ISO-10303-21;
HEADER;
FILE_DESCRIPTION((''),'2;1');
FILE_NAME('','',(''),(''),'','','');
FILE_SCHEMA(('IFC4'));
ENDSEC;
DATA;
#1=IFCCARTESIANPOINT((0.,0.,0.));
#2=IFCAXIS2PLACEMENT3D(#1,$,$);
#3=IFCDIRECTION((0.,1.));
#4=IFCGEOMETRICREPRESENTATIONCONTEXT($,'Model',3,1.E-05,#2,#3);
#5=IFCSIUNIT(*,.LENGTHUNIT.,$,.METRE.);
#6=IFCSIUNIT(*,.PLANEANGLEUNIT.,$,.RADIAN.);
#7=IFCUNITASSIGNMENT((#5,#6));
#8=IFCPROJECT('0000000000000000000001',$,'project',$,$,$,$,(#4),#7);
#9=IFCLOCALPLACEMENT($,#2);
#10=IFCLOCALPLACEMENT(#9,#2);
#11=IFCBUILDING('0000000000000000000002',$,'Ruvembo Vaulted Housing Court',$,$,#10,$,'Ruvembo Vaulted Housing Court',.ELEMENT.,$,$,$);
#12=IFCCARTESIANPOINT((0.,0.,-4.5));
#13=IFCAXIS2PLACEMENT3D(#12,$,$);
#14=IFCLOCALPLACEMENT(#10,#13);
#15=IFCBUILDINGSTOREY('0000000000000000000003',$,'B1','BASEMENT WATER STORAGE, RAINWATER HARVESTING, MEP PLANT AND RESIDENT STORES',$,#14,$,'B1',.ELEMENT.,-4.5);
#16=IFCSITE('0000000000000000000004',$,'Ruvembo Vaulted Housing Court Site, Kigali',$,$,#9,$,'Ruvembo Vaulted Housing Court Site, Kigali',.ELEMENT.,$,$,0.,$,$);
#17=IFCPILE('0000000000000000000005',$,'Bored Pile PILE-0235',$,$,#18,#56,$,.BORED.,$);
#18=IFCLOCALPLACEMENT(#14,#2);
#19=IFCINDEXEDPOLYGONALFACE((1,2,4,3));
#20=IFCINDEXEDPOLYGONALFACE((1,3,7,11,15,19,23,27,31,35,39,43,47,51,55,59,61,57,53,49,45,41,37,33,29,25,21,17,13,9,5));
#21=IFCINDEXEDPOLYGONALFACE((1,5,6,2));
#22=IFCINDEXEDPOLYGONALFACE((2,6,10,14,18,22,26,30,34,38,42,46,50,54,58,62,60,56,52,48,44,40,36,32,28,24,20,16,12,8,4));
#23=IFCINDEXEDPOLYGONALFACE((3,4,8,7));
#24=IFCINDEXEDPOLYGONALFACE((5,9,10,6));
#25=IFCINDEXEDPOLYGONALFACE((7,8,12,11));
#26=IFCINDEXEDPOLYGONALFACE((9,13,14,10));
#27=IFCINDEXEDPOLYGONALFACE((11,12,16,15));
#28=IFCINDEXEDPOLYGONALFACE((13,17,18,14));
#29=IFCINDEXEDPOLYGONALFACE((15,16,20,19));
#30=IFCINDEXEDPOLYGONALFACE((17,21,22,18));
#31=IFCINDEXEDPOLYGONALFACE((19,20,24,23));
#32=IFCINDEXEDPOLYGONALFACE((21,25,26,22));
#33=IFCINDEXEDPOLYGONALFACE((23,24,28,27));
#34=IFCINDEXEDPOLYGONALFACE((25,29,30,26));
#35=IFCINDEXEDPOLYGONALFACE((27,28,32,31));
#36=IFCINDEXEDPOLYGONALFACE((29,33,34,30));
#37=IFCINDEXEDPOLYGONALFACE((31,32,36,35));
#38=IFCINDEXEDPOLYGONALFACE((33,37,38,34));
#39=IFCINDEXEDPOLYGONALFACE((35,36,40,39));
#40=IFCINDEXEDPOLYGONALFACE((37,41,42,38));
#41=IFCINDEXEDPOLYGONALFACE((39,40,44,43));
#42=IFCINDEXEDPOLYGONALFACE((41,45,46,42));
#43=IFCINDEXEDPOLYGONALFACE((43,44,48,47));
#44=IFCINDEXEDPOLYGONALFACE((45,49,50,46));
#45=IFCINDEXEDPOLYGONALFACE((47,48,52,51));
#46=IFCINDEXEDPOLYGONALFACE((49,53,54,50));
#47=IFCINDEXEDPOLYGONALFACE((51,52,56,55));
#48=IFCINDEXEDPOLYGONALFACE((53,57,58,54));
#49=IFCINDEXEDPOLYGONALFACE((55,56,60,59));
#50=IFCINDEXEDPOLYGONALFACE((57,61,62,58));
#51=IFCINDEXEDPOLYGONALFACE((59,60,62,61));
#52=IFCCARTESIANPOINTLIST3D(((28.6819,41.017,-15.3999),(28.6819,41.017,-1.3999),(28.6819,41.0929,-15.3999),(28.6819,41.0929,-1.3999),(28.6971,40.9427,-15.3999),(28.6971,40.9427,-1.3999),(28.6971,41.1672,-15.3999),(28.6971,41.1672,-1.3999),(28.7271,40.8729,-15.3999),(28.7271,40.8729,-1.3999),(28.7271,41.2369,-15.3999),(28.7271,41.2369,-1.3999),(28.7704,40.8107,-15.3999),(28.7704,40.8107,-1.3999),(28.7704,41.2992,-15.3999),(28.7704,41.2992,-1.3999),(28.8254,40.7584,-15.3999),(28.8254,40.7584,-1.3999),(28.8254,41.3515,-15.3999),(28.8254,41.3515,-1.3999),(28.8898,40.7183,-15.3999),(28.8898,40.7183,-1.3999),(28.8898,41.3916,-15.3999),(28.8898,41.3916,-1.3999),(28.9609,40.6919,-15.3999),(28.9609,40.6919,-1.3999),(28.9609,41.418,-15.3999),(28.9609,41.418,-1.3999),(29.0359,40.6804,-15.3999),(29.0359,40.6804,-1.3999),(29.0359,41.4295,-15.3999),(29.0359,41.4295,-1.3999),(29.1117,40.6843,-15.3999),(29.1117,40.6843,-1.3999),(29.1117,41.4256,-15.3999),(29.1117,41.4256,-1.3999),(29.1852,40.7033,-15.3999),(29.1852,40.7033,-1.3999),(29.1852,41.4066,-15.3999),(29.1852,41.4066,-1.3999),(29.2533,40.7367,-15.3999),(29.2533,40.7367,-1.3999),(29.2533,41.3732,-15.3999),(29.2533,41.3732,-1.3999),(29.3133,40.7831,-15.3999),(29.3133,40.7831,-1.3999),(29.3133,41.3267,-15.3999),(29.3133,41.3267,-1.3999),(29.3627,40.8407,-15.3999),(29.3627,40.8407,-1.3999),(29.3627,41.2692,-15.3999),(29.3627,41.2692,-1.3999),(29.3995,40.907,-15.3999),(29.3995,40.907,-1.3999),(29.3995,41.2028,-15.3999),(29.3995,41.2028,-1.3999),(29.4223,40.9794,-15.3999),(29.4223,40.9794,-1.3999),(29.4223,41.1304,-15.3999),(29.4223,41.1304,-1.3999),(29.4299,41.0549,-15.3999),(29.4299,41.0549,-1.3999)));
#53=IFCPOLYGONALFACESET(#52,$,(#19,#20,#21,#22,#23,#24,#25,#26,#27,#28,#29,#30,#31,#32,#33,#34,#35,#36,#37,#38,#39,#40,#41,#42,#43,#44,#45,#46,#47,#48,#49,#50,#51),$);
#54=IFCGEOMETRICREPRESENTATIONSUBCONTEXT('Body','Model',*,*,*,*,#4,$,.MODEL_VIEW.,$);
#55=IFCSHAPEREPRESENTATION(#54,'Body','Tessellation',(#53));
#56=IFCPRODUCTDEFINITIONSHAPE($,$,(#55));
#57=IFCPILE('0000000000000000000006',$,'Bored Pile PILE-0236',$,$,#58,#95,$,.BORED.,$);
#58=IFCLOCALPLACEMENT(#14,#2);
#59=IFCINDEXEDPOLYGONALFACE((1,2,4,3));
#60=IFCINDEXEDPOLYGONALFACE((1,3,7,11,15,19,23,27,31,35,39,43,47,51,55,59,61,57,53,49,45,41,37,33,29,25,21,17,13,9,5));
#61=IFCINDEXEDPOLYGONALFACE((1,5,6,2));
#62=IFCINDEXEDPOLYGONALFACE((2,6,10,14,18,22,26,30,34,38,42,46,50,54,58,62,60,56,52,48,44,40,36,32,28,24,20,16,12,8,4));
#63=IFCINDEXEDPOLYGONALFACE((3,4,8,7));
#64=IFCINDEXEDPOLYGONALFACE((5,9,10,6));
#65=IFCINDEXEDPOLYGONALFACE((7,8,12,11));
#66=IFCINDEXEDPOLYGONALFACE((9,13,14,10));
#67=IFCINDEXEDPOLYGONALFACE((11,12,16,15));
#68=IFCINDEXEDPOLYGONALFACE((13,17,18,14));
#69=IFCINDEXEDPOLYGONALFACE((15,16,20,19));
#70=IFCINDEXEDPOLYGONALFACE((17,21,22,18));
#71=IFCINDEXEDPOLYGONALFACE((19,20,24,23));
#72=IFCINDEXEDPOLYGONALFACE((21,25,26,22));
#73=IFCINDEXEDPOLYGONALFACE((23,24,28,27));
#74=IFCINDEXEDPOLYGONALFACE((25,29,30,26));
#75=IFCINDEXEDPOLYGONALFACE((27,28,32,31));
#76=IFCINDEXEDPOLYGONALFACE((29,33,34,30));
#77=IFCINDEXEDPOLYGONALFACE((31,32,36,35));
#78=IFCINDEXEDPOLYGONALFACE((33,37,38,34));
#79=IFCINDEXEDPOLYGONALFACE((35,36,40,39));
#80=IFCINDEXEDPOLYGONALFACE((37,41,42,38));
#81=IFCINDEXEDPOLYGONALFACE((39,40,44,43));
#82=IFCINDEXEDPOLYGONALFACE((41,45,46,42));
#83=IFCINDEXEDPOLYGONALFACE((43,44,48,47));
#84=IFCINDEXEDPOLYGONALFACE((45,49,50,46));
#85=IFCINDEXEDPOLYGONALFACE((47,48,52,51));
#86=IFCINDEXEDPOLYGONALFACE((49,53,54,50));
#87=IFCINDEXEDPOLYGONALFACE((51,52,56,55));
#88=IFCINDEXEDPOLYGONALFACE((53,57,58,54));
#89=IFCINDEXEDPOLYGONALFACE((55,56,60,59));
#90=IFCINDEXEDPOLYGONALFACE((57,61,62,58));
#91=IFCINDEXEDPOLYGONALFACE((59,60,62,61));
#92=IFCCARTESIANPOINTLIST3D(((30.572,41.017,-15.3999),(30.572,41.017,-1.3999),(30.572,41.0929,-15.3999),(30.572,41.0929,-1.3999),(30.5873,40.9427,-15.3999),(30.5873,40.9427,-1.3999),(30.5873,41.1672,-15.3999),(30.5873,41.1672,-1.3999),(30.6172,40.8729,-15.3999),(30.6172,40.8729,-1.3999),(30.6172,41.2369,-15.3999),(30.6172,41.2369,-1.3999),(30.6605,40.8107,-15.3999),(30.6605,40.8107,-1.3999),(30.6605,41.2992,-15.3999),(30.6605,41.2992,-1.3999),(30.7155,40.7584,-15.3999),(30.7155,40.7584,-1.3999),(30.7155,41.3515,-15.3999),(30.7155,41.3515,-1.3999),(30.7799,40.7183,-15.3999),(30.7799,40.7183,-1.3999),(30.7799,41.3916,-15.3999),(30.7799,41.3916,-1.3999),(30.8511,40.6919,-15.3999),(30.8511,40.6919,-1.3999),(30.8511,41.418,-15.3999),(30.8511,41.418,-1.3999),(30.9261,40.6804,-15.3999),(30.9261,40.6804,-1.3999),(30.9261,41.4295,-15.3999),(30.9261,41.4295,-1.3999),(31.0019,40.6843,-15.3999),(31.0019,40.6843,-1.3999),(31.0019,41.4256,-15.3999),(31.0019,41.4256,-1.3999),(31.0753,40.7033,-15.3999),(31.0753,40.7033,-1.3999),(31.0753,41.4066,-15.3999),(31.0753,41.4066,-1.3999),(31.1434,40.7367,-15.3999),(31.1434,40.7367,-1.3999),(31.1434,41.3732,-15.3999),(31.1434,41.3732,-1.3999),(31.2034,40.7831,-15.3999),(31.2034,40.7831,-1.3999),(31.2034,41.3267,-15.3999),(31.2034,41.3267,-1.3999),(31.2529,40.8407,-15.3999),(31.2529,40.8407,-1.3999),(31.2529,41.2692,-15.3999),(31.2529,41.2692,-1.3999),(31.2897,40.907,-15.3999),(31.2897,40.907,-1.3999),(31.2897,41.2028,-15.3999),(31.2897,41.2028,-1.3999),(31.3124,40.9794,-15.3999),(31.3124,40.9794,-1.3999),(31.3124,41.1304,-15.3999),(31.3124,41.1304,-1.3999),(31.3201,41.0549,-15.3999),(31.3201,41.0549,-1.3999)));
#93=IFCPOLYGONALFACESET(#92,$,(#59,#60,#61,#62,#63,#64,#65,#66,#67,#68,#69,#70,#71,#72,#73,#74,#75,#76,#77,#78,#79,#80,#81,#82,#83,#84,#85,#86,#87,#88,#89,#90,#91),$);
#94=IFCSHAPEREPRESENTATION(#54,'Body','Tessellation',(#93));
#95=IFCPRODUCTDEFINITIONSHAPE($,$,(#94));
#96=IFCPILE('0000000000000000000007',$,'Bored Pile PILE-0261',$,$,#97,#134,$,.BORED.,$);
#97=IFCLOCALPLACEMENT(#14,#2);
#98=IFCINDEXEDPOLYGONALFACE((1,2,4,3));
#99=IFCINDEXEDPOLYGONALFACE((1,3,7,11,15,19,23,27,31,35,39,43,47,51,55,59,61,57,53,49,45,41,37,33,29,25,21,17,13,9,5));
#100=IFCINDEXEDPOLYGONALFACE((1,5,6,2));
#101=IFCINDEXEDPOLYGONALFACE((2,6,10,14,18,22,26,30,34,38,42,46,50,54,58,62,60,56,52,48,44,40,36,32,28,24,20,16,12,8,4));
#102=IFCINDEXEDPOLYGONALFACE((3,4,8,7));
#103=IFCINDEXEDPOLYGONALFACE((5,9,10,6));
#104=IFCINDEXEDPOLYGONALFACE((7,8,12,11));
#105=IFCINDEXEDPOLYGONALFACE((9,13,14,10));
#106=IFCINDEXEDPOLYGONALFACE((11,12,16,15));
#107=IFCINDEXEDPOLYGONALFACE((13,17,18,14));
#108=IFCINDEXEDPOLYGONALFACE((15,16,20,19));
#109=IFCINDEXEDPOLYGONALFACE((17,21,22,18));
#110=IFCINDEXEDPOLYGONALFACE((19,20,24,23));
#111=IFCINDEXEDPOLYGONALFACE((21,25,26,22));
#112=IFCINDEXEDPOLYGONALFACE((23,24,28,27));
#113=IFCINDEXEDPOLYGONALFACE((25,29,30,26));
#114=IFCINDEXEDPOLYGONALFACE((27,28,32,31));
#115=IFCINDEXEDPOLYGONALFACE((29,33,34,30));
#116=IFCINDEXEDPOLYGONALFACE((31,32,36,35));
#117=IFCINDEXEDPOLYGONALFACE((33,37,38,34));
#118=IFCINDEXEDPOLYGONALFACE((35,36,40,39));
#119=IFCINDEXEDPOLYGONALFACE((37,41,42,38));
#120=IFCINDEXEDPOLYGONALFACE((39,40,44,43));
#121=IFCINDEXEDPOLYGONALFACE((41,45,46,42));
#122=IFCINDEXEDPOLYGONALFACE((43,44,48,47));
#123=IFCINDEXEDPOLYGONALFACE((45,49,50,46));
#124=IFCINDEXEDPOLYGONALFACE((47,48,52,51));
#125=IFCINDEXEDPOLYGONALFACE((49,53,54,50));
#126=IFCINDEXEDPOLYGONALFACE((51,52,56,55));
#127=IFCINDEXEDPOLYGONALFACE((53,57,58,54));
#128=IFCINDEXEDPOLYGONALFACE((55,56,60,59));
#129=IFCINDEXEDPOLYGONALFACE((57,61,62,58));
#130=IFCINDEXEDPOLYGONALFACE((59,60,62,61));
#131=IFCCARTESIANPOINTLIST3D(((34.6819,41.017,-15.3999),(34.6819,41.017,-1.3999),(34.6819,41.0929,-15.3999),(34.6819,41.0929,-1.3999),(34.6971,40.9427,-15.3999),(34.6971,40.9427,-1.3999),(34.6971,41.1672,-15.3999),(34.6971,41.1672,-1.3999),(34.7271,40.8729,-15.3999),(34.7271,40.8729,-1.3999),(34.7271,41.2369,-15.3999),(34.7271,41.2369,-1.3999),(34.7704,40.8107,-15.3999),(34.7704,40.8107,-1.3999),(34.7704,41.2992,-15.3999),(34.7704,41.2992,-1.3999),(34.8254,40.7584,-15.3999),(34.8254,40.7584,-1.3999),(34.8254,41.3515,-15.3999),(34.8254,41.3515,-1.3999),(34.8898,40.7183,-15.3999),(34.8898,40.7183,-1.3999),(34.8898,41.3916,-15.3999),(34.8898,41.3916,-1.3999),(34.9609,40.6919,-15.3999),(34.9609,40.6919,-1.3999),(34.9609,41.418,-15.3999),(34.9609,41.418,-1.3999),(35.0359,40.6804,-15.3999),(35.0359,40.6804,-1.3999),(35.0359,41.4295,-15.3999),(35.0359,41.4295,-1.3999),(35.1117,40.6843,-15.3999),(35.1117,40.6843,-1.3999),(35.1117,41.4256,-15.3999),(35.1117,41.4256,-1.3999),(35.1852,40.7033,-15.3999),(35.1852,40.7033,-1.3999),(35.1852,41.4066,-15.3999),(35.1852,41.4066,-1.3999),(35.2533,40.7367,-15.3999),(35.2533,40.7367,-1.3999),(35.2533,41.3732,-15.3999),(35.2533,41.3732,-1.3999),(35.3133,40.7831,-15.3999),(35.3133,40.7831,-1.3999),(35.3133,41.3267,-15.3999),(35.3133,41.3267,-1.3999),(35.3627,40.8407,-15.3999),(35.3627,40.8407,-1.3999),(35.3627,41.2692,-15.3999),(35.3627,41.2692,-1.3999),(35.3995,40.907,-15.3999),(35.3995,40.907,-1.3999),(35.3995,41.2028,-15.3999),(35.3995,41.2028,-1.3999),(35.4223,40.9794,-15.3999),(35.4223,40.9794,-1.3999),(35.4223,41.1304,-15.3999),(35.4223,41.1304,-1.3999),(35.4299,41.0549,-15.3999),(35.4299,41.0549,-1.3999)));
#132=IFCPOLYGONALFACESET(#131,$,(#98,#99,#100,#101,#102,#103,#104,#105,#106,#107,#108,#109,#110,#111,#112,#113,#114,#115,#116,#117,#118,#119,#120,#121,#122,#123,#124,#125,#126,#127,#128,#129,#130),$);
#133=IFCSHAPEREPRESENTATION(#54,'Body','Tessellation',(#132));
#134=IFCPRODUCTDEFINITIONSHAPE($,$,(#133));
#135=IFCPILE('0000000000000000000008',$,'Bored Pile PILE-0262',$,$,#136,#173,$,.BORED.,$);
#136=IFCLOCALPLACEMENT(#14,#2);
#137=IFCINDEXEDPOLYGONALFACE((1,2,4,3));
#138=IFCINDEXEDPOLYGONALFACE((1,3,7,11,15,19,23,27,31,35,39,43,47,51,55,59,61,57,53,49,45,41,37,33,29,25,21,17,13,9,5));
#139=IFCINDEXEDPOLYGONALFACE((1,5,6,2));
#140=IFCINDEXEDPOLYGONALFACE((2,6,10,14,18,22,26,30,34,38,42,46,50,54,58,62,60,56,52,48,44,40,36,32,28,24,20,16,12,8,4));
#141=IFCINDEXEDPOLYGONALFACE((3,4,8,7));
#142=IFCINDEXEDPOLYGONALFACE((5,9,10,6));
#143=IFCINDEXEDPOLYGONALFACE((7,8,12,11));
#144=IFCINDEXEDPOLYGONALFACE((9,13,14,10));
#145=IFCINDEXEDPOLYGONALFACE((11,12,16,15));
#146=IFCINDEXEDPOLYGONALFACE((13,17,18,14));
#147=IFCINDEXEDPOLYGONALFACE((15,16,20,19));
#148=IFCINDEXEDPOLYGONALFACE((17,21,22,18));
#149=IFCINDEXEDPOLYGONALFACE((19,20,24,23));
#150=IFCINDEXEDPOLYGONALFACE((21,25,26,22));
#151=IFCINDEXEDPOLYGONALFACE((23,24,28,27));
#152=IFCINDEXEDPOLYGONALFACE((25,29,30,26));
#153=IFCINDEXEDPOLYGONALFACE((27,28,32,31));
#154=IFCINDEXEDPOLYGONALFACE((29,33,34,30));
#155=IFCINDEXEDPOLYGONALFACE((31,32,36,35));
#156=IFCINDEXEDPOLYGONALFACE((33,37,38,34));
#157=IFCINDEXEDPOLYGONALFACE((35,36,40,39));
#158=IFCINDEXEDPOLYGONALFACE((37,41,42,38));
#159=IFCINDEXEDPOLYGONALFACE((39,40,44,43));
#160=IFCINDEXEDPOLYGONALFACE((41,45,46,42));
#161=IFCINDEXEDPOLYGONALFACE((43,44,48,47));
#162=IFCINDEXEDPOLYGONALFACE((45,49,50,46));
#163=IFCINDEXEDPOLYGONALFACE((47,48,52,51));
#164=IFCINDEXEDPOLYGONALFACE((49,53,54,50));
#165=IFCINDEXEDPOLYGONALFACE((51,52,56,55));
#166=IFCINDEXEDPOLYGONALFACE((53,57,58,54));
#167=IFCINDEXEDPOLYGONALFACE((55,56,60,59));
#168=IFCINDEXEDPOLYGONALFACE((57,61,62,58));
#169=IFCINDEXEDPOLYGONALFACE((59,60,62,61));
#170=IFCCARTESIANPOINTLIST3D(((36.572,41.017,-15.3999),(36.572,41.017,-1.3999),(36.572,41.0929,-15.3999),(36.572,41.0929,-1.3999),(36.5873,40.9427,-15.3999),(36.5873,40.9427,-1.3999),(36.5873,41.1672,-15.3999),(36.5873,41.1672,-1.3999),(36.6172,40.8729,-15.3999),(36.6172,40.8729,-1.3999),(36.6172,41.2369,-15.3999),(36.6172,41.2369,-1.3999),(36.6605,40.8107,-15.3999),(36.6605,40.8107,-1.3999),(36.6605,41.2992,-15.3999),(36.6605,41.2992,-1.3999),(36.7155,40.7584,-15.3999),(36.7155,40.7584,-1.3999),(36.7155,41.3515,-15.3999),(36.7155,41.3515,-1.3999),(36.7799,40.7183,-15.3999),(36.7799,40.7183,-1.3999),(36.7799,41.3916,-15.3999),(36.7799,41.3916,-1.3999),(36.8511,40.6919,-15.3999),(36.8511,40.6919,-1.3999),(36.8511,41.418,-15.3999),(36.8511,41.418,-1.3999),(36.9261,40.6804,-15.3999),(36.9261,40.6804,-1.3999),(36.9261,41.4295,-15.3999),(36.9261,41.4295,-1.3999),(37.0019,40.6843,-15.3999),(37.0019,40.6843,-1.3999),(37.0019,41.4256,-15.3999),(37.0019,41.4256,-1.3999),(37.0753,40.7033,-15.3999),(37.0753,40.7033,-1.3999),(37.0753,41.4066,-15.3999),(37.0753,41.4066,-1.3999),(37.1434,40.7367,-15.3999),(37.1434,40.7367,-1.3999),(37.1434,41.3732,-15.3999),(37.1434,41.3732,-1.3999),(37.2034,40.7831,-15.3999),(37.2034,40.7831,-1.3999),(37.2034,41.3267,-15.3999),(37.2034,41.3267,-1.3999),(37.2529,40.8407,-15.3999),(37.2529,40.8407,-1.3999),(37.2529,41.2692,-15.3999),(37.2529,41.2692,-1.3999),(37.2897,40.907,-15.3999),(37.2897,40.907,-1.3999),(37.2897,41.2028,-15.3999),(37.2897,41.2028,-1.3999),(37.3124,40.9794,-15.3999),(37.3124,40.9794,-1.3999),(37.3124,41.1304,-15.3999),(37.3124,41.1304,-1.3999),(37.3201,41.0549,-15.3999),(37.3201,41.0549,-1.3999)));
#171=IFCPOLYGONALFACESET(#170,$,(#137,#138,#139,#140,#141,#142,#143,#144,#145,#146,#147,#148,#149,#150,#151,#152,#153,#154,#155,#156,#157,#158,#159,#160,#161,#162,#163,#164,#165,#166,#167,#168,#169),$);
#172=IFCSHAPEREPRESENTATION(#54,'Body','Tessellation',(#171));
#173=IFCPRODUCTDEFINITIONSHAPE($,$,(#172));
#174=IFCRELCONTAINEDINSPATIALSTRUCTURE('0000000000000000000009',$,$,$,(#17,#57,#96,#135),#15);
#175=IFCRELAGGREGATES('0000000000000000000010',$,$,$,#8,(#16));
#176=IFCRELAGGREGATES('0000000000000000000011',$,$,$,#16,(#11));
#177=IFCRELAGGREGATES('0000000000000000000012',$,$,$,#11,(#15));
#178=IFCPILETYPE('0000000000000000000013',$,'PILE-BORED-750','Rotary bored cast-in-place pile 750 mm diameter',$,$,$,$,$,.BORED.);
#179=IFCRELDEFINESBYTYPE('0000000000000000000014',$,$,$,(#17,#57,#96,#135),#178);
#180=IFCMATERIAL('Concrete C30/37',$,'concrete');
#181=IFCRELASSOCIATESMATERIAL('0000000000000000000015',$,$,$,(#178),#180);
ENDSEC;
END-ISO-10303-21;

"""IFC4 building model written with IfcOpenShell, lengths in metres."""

from ifc_helpers import new_model, si_unit, direction, frame, origin, origin_2d, place, context, subcontext, project, spatial, circle, extrude, material, material_profile, profile_set, type_object, element, save


model = new_model("IFC4")

# Units and contexts
model_context = context("Model", 3, precision=1e-05, world=origin(), true_north=direction((0.0, 1.0)))
body_context = subcontext(model_context, "Body", "Model", "MODEL_VIEW")
ifc_project = project(units=[si_unit("LENGTHUNIT", "METRE"), si_unit("PLANEANGLEUNIT", "RADIAN")], contexts=[model_context])

# Site, building, storey
site_placement = place(None, origin())
site = spatial("IfcSite", under=ifc_project, at=site_placement, Name="Ruvembo Vaulted Housing Court Site, Kigali", LongName="Ruvembo Vaulted Housing Court Site, Kigali", CompositionType="ELEMENT", RefElevation=0.0)
building_placement = place(site_placement, origin())
building = spatial("IfcBuilding", under=site, at=building_placement, Name="Ruvembo Vaulted Housing Court", LongName="Ruvembo Vaulted Housing Court", CompositionType="ELEMENT")
storey_placement = place(building_placement, frame((0.0, 0.0, -4.5)))
storey = spatial("IfcBuildingStorey", under=building, at=storey_placement, Name="B1", Description="BASEMENT WATER STORAGE, RAINWATER HARVESTING, MEP PLANT AND RESIDENT STORES", LongName="B1", CompositionType="ELEMENT", Elevation=-4.5)

# Piles
ifc_material_1 = material(Name="Concrete C30/37", Category="concrete")
ifc_material_profile_1 = material_profile(ifc_material_1, circle(Radius=0.375, at=origin_2d()), Name="PILE D750")
ifc_profile_set_1 = profile_set([ifc_material_profile_1], Name="Concrete C30/37")
pile_type_1 = type_object("IfcPileType", Name="PILE-BORED-750", Description="Rotary bored cast-in-place pile 750 mm diameter", PredefinedType="BORED", material=ifc_profile_set_1)
for number, where, z_axis, x_axis, name in (
    (1, (29.0549, 41.0549, -1.3999), (0.0, 0.0, -1.0), (1.0, 0.0, 0.0), "Bored Pile PILE-0235"),
    (2, (30.9451, 41.0549, -1.3999), (0.0, 0.0, -1.0), (1.0, 0.0, 0.0), "Bored Pile PILE-0236"),
    (3, (35.0549, 41.0549, -1.3999), (0.0, 0.0, -1.0), (1.0, 0.0, 0.0), "Bored Pile PILE-0261"),
    (4, (36.9451, 41.0549, -1.3999), (0.0, 0.0, -1.0), (1.0, 0.0, 0.0), "Bored Pile PILE-0262"),
):
    element("IfcPile", number, at=place(storey_placement, frame(where, z_axis=z_axis, x_axis=x_axis)), inside=storey, type_object=pile_type_1, Name=name, PredefinedType="BORED", context=body_context, shape_type="SweptSolid", body=[
        extrude(circle(Radius=0.375, at=origin_2d()), origin(), (0.0, 0.0, 1.0), 14.0),
    ])

save(model, "model.ifc")
